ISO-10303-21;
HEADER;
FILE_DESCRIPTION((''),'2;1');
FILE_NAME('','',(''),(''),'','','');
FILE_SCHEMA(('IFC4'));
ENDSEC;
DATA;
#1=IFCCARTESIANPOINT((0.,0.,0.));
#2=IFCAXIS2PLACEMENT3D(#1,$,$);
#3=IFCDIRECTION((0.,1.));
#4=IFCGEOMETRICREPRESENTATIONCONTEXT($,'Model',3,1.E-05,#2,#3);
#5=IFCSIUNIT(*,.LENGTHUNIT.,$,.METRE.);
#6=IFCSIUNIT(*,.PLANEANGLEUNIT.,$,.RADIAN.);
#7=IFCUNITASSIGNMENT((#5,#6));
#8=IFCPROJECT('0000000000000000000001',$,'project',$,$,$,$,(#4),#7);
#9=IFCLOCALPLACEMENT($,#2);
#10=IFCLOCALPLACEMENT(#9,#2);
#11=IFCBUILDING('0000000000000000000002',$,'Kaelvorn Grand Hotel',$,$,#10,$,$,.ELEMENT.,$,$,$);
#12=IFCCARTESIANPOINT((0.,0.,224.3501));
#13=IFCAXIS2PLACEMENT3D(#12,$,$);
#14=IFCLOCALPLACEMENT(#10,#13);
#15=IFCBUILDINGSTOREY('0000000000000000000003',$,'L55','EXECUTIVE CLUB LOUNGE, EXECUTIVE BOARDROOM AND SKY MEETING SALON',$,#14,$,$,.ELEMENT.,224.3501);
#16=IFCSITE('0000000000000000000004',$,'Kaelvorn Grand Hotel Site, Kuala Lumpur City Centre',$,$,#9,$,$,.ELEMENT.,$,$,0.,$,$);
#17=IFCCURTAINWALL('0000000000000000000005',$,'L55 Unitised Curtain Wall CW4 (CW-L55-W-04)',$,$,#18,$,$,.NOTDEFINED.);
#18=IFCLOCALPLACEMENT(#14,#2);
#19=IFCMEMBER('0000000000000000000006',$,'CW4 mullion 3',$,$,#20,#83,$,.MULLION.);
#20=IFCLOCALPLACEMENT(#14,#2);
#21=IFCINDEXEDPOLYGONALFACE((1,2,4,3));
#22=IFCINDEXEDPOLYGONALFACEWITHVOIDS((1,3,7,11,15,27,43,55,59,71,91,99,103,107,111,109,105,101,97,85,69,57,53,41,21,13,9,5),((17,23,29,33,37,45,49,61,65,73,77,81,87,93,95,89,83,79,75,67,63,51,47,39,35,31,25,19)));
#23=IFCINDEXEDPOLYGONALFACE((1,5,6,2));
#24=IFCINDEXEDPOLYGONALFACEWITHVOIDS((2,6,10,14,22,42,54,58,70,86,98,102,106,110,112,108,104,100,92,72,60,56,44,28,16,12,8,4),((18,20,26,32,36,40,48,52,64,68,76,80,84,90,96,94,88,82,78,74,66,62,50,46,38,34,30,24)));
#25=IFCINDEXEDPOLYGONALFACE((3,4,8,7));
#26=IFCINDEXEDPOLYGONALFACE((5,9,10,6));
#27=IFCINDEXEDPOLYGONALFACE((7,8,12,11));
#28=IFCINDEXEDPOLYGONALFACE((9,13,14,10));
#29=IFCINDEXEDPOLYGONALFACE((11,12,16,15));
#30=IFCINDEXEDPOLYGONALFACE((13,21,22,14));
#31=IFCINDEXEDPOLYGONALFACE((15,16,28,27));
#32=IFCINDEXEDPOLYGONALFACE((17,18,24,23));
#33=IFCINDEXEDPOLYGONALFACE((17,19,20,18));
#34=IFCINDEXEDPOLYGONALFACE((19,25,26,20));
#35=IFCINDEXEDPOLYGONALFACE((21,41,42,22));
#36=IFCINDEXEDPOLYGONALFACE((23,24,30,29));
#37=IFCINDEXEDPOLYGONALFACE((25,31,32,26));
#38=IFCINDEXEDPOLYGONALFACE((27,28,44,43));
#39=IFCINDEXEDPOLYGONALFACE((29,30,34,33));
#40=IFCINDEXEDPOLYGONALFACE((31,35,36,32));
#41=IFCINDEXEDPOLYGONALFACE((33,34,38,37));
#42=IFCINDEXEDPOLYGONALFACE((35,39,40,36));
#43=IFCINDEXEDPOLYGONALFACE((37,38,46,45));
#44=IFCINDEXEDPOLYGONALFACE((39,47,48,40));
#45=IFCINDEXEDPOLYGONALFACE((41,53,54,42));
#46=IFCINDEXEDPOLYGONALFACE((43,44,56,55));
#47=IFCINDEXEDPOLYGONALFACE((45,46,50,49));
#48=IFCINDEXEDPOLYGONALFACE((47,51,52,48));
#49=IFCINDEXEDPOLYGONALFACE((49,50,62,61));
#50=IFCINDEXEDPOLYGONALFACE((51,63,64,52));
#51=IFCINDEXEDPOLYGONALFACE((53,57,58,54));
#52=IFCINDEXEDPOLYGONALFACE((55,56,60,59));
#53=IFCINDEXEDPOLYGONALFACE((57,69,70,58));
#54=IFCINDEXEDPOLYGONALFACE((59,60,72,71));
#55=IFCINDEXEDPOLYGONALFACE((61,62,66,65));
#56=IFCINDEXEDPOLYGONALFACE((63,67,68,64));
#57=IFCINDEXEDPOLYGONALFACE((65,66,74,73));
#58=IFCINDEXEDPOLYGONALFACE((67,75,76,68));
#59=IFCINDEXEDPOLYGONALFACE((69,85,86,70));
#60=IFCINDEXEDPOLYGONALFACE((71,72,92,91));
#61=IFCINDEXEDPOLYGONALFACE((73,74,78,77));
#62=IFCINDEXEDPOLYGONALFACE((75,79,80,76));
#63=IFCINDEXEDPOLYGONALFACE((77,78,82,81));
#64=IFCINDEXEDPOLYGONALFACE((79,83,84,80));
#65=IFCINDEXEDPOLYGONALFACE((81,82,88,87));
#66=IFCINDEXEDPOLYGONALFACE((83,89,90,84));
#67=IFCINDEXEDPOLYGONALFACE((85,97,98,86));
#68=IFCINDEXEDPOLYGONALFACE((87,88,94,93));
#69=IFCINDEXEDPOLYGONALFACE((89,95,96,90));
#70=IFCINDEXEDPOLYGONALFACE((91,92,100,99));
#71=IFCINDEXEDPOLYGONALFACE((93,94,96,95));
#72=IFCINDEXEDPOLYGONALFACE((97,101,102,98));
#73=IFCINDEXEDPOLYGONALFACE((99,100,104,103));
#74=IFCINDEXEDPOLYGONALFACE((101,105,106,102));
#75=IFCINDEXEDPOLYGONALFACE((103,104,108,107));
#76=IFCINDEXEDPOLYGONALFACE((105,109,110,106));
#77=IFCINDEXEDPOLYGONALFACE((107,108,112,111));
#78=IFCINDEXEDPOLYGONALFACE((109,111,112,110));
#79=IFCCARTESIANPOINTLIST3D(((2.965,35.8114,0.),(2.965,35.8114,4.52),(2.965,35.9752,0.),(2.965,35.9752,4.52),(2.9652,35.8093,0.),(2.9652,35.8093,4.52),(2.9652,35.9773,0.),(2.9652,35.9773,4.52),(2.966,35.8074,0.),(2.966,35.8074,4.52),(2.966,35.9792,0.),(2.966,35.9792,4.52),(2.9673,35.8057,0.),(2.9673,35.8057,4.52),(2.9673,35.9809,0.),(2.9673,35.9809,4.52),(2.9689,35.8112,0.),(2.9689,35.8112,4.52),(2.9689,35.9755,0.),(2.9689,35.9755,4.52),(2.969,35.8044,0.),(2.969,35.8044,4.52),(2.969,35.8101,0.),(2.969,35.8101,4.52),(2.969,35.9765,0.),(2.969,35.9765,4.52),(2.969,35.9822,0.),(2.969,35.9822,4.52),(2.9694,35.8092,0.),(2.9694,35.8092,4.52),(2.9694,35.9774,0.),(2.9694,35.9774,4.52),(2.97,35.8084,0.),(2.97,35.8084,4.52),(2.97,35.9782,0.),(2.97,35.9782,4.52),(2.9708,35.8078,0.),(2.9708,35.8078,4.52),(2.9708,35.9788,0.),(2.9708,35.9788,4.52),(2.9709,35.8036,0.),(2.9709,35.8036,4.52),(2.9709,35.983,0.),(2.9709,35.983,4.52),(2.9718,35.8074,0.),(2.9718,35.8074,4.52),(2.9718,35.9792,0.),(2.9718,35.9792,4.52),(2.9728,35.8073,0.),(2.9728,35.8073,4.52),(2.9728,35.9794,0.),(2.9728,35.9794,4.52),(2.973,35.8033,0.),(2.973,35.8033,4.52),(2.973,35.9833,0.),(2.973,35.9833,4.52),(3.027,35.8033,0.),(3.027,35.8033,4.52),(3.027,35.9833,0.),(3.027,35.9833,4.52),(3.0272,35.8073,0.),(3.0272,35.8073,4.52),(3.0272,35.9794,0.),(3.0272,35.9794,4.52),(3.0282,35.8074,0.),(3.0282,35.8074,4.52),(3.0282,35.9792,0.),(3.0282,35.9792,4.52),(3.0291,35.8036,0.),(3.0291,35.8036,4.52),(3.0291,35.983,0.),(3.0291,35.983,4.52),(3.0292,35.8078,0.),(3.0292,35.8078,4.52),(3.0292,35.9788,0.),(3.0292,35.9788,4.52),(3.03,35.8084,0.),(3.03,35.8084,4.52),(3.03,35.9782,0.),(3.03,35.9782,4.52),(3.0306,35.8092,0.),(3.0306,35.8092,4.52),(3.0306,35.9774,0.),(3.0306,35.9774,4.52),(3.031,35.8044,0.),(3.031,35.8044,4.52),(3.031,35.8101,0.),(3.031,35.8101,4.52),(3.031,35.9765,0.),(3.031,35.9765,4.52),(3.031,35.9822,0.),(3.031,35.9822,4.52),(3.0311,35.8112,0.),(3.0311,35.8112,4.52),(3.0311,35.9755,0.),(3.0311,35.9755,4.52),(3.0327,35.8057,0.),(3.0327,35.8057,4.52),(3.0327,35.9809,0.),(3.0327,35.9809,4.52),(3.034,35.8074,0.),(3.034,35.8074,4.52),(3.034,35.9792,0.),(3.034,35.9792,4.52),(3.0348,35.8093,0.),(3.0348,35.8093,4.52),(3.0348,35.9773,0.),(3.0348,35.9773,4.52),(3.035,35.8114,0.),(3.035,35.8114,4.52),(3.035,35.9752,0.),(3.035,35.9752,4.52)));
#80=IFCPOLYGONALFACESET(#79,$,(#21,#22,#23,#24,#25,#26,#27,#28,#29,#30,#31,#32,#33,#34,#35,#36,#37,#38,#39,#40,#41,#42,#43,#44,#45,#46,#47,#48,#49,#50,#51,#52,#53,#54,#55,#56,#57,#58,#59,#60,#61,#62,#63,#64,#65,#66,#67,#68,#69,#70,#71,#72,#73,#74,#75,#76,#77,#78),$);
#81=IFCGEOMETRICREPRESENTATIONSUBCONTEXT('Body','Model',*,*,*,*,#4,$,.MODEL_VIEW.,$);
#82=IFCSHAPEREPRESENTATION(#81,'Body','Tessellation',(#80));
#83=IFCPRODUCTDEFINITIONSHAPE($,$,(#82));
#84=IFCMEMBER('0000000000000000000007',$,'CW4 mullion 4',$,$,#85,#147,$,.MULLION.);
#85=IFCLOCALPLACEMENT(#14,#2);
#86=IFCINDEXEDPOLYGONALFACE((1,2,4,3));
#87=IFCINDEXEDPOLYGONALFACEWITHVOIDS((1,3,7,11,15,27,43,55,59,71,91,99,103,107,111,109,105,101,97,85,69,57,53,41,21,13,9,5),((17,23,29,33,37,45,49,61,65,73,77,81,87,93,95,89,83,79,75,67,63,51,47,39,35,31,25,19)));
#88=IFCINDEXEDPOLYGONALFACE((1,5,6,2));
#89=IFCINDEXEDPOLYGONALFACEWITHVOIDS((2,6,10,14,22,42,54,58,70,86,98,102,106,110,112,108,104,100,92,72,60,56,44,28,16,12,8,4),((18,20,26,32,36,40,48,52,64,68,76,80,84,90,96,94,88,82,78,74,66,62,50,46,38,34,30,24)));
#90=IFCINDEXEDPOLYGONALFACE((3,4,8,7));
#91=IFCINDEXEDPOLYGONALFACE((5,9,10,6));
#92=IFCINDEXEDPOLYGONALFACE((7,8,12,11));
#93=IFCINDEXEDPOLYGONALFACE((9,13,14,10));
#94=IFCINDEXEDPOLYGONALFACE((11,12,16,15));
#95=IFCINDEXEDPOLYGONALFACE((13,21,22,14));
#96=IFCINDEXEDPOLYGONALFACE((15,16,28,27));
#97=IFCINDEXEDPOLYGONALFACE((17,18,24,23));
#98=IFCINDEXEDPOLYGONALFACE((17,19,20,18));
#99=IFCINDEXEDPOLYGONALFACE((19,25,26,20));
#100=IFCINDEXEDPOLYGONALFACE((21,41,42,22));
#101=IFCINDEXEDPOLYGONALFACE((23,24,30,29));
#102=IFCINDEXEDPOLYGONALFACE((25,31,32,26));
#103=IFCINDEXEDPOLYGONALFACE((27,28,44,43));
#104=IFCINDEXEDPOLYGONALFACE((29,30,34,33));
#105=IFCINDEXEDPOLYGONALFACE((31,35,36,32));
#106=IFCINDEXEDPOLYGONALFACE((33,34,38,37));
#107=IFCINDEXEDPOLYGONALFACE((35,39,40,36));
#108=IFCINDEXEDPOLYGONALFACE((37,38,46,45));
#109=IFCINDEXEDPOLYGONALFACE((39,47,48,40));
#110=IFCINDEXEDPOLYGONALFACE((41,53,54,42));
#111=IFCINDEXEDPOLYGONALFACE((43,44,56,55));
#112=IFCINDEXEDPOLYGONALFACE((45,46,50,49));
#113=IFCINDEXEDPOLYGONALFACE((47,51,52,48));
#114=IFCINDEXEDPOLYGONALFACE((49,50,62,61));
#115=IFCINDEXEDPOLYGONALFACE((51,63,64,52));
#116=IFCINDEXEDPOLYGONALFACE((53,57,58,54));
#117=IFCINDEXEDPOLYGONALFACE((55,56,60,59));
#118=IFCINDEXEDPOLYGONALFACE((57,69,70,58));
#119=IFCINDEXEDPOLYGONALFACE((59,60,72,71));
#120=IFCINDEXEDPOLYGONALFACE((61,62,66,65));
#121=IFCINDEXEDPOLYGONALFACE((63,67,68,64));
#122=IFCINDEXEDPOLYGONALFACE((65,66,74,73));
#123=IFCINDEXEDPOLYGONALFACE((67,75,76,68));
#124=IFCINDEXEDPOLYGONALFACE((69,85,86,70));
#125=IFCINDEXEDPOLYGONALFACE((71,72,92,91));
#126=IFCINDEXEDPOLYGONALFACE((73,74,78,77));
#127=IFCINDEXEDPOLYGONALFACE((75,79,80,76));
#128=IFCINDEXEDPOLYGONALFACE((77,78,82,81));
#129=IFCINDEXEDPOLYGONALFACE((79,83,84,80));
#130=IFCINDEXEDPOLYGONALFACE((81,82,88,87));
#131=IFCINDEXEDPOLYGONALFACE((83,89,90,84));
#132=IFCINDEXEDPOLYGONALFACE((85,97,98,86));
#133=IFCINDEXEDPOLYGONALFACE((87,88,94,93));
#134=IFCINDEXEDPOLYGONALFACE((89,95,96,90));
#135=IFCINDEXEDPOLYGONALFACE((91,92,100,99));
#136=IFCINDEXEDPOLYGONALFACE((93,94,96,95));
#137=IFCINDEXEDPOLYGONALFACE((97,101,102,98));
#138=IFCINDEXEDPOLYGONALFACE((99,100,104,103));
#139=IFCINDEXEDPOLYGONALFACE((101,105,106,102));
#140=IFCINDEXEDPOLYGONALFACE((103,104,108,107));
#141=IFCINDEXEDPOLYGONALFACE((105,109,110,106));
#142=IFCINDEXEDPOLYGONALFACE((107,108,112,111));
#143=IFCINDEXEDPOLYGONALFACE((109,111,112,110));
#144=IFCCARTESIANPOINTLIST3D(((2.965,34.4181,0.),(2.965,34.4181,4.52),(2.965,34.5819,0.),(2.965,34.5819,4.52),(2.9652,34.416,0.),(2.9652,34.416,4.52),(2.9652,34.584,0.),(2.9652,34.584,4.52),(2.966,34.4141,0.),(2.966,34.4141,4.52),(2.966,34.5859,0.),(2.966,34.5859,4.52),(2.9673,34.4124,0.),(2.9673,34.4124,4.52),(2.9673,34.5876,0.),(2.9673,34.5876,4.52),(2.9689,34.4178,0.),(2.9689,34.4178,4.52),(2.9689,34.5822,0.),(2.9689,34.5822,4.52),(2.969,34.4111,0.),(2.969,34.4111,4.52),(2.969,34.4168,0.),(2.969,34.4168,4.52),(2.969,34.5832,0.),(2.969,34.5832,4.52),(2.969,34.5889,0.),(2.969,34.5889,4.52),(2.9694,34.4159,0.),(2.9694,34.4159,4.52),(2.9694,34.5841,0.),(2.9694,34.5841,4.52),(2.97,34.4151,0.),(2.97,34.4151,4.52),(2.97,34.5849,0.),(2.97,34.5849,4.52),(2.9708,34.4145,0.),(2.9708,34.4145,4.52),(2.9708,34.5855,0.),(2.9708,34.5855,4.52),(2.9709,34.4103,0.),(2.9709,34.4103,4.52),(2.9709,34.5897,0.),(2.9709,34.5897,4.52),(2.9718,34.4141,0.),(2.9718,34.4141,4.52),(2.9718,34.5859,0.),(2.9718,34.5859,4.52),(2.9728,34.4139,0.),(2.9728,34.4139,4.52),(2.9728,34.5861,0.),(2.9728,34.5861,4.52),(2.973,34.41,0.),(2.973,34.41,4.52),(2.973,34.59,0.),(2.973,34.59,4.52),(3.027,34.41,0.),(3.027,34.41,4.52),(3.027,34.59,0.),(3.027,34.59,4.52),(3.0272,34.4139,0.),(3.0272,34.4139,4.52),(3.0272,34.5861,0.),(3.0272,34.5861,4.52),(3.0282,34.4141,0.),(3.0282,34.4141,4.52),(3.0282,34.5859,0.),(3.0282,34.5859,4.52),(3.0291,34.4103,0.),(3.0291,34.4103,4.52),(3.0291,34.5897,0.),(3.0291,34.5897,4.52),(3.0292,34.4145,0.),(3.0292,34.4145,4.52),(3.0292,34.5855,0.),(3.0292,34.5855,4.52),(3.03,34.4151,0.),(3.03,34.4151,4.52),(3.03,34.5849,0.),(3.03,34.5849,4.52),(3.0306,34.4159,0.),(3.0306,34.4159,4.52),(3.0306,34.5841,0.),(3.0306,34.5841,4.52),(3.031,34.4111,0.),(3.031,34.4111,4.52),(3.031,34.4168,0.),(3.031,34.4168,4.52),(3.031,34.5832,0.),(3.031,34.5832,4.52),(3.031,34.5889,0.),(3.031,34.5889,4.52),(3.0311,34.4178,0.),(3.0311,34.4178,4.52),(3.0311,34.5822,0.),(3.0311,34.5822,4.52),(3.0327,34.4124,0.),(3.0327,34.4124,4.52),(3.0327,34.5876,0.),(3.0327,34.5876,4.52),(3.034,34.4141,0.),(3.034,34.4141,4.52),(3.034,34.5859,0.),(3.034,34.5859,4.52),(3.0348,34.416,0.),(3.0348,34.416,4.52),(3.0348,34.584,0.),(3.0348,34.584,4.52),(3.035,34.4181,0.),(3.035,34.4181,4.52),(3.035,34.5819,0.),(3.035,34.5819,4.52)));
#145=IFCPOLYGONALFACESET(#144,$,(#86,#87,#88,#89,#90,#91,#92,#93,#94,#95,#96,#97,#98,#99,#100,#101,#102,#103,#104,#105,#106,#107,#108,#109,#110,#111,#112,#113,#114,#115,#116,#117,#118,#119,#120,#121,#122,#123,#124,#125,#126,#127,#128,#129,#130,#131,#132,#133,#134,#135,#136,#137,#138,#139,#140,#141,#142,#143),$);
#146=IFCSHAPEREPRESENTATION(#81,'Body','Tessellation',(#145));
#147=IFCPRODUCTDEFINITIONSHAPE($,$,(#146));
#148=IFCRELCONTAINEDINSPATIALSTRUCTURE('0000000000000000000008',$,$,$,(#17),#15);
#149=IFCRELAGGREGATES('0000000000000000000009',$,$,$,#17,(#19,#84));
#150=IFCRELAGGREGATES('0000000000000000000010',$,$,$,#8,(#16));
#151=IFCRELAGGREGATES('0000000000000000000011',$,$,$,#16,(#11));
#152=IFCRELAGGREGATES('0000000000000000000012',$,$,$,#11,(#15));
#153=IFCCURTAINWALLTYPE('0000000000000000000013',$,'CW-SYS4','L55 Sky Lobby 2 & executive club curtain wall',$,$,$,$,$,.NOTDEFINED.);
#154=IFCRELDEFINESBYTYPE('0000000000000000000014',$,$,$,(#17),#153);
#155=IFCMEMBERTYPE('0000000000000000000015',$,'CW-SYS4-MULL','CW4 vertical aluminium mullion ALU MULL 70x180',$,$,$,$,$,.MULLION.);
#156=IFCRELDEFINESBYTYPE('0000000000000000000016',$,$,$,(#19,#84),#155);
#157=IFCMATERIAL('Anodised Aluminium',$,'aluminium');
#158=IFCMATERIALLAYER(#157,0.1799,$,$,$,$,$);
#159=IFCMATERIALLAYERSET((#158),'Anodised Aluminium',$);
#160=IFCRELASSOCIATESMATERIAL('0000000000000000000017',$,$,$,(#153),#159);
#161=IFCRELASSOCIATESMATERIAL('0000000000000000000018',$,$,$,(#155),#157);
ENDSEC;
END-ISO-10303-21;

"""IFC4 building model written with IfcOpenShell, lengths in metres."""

from ifc_helpers import new_model, si_unit, direction, frame, origin, origin_2d, place, context, subcontext, project, spatial, hollow_rectangle, extrude, material, layer, layer_set, material_profile, profile_set, type_object, element, aggregate, save


model = new_model("IFC4")

# Units and contexts
model_context = context("Model", 3, precision=1e-05, world=origin(), true_north=direction((0.0, 1.0)))
body_context = subcontext(model_context, "Body", "Model", "MODEL_VIEW")
ifc_project = project(units=[si_unit("LENGTHUNIT", "METRE"), si_unit("PLANEANGLEUNIT", "RADIAN")], contexts=[model_context])

# Site, building, storey
site_placement = place(None, origin())
site = spatial("IfcSite", under=ifc_project, at=site_placement, Name="Kaelvorn Grand Hotel Site, Kuala Lumpur City Centre", CompositionType="ELEMENT", RefElevation=0.0)
building_placement = place(site_placement, origin())
building = spatial("IfcBuilding", under=site, at=building_placement, Name="Kaelvorn Grand Hotel", CompositionType="ELEMENT")
storey_placement = place(building_placement, frame((0.0, 0.0, 224.3501)))
storey = spatial("IfcBuildingStorey", under=building, at=storey_placement, Name="L55", Description="EXECUTIVE CLUB LOUNGE, EXECUTIVE BOARDROOM AND SKY MEETING SALON", CompositionType="ELEMENT", Elevation=224.3501)

# Curtain wall, members
ifc_material_1 = material(Name="Anodised Aluminium", Category="aluminium")
ifc_layer_1 = layer(ifc_material_1, 0.1799)
ifc_layer_set_1 = layer_set([ifc_layer_1], Name="Anodised Aluminium")
curtain_wall_type = type_object("IfcCurtainWallType", Name="CW-SYS4", Description="L55 Sky Lobby 2 & executive club curtain wall", PredefinedType="NOTDEFINED", material=ifc_layer_set_1)
curtain_wall_placement = place(storey_placement, origin())
curtain_wall = element("IfcCurtainWall", 1, at=curtain_wall_placement, inside=storey, type_object=curtain_wall_type, Name="L55 Unitised Curtain Wall CW4 (CW-L55-W-04)", PredefinedType="NOTDEFINED")
ifc_material_profile_1 = material_profile(ifc_material_1, hollow_rectangle(XDim=0.0701, YDim=0.1799, WallThickness=0.0039, InnerFilletRadius=0.0039, OuterFilletRadius=0.0081, at=origin_2d()), Name="ALU MULL 70x180")
ifc_profile_set_1 = profile_set([ifc_material_profile_1], Name="Anodised Aluminium")
member_type_1 = type_object("IfcMemberType", Name="CW-SYS4-MULL", Description="CW4 vertical aluminium mullion ALU MULL 70x180", PredefinedType="MULLION", material=ifc_profile_set_1)
member_1_placement = place(storey_placement, frame((3.0, 35.8933, 0.0), z_axis=(0.0, 0.0, 1.0), x_axis=(1.0, 0.0, 0.0)))
member_1 = element("IfcMember", 2, at=member_1_placement, type_object=member_type_1, Name="CW4 mullion 3", PredefinedType="MULLION", context=body_context, shape_type="SweptSolid", body=[
    extrude(hollow_rectangle(XDim=0.0701, YDim=0.1799, WallThickness=0.0039, InnerFilletRadius=0.0039, OuterFilletRadius=0.0081, at=origin_2d()), origin(), (0.0, 0.0, 1.0), 4.52),
])
member_2_placement = place(storey_placement, frame((3.0, 34.5, 0.0), z_axis=(0.0, 0.0, 1.0), x_axis=(1.0, 0.0, 0.0)))
member_2 = element("IfcMember", 3, at=member_2_placement, type_object=member_type_1, Name="CW4 mullion 4", PredefinedType="MULLION", context=body_context, shape_type="SweptSolid", body=[
    extrude(hollow_rectangle(XDim=0.0701, YDim=0.1799, WallThickness=0.0039, InnerFilletRadius=0.0039, OuterFilletRadius=0.0081, at=origin_2d()), origin(), (0.0, 0.0, 1.0), 4.52),
])
aggregate(curtain_wall, [member_1, member_2])

save(model, "model.ifc")
